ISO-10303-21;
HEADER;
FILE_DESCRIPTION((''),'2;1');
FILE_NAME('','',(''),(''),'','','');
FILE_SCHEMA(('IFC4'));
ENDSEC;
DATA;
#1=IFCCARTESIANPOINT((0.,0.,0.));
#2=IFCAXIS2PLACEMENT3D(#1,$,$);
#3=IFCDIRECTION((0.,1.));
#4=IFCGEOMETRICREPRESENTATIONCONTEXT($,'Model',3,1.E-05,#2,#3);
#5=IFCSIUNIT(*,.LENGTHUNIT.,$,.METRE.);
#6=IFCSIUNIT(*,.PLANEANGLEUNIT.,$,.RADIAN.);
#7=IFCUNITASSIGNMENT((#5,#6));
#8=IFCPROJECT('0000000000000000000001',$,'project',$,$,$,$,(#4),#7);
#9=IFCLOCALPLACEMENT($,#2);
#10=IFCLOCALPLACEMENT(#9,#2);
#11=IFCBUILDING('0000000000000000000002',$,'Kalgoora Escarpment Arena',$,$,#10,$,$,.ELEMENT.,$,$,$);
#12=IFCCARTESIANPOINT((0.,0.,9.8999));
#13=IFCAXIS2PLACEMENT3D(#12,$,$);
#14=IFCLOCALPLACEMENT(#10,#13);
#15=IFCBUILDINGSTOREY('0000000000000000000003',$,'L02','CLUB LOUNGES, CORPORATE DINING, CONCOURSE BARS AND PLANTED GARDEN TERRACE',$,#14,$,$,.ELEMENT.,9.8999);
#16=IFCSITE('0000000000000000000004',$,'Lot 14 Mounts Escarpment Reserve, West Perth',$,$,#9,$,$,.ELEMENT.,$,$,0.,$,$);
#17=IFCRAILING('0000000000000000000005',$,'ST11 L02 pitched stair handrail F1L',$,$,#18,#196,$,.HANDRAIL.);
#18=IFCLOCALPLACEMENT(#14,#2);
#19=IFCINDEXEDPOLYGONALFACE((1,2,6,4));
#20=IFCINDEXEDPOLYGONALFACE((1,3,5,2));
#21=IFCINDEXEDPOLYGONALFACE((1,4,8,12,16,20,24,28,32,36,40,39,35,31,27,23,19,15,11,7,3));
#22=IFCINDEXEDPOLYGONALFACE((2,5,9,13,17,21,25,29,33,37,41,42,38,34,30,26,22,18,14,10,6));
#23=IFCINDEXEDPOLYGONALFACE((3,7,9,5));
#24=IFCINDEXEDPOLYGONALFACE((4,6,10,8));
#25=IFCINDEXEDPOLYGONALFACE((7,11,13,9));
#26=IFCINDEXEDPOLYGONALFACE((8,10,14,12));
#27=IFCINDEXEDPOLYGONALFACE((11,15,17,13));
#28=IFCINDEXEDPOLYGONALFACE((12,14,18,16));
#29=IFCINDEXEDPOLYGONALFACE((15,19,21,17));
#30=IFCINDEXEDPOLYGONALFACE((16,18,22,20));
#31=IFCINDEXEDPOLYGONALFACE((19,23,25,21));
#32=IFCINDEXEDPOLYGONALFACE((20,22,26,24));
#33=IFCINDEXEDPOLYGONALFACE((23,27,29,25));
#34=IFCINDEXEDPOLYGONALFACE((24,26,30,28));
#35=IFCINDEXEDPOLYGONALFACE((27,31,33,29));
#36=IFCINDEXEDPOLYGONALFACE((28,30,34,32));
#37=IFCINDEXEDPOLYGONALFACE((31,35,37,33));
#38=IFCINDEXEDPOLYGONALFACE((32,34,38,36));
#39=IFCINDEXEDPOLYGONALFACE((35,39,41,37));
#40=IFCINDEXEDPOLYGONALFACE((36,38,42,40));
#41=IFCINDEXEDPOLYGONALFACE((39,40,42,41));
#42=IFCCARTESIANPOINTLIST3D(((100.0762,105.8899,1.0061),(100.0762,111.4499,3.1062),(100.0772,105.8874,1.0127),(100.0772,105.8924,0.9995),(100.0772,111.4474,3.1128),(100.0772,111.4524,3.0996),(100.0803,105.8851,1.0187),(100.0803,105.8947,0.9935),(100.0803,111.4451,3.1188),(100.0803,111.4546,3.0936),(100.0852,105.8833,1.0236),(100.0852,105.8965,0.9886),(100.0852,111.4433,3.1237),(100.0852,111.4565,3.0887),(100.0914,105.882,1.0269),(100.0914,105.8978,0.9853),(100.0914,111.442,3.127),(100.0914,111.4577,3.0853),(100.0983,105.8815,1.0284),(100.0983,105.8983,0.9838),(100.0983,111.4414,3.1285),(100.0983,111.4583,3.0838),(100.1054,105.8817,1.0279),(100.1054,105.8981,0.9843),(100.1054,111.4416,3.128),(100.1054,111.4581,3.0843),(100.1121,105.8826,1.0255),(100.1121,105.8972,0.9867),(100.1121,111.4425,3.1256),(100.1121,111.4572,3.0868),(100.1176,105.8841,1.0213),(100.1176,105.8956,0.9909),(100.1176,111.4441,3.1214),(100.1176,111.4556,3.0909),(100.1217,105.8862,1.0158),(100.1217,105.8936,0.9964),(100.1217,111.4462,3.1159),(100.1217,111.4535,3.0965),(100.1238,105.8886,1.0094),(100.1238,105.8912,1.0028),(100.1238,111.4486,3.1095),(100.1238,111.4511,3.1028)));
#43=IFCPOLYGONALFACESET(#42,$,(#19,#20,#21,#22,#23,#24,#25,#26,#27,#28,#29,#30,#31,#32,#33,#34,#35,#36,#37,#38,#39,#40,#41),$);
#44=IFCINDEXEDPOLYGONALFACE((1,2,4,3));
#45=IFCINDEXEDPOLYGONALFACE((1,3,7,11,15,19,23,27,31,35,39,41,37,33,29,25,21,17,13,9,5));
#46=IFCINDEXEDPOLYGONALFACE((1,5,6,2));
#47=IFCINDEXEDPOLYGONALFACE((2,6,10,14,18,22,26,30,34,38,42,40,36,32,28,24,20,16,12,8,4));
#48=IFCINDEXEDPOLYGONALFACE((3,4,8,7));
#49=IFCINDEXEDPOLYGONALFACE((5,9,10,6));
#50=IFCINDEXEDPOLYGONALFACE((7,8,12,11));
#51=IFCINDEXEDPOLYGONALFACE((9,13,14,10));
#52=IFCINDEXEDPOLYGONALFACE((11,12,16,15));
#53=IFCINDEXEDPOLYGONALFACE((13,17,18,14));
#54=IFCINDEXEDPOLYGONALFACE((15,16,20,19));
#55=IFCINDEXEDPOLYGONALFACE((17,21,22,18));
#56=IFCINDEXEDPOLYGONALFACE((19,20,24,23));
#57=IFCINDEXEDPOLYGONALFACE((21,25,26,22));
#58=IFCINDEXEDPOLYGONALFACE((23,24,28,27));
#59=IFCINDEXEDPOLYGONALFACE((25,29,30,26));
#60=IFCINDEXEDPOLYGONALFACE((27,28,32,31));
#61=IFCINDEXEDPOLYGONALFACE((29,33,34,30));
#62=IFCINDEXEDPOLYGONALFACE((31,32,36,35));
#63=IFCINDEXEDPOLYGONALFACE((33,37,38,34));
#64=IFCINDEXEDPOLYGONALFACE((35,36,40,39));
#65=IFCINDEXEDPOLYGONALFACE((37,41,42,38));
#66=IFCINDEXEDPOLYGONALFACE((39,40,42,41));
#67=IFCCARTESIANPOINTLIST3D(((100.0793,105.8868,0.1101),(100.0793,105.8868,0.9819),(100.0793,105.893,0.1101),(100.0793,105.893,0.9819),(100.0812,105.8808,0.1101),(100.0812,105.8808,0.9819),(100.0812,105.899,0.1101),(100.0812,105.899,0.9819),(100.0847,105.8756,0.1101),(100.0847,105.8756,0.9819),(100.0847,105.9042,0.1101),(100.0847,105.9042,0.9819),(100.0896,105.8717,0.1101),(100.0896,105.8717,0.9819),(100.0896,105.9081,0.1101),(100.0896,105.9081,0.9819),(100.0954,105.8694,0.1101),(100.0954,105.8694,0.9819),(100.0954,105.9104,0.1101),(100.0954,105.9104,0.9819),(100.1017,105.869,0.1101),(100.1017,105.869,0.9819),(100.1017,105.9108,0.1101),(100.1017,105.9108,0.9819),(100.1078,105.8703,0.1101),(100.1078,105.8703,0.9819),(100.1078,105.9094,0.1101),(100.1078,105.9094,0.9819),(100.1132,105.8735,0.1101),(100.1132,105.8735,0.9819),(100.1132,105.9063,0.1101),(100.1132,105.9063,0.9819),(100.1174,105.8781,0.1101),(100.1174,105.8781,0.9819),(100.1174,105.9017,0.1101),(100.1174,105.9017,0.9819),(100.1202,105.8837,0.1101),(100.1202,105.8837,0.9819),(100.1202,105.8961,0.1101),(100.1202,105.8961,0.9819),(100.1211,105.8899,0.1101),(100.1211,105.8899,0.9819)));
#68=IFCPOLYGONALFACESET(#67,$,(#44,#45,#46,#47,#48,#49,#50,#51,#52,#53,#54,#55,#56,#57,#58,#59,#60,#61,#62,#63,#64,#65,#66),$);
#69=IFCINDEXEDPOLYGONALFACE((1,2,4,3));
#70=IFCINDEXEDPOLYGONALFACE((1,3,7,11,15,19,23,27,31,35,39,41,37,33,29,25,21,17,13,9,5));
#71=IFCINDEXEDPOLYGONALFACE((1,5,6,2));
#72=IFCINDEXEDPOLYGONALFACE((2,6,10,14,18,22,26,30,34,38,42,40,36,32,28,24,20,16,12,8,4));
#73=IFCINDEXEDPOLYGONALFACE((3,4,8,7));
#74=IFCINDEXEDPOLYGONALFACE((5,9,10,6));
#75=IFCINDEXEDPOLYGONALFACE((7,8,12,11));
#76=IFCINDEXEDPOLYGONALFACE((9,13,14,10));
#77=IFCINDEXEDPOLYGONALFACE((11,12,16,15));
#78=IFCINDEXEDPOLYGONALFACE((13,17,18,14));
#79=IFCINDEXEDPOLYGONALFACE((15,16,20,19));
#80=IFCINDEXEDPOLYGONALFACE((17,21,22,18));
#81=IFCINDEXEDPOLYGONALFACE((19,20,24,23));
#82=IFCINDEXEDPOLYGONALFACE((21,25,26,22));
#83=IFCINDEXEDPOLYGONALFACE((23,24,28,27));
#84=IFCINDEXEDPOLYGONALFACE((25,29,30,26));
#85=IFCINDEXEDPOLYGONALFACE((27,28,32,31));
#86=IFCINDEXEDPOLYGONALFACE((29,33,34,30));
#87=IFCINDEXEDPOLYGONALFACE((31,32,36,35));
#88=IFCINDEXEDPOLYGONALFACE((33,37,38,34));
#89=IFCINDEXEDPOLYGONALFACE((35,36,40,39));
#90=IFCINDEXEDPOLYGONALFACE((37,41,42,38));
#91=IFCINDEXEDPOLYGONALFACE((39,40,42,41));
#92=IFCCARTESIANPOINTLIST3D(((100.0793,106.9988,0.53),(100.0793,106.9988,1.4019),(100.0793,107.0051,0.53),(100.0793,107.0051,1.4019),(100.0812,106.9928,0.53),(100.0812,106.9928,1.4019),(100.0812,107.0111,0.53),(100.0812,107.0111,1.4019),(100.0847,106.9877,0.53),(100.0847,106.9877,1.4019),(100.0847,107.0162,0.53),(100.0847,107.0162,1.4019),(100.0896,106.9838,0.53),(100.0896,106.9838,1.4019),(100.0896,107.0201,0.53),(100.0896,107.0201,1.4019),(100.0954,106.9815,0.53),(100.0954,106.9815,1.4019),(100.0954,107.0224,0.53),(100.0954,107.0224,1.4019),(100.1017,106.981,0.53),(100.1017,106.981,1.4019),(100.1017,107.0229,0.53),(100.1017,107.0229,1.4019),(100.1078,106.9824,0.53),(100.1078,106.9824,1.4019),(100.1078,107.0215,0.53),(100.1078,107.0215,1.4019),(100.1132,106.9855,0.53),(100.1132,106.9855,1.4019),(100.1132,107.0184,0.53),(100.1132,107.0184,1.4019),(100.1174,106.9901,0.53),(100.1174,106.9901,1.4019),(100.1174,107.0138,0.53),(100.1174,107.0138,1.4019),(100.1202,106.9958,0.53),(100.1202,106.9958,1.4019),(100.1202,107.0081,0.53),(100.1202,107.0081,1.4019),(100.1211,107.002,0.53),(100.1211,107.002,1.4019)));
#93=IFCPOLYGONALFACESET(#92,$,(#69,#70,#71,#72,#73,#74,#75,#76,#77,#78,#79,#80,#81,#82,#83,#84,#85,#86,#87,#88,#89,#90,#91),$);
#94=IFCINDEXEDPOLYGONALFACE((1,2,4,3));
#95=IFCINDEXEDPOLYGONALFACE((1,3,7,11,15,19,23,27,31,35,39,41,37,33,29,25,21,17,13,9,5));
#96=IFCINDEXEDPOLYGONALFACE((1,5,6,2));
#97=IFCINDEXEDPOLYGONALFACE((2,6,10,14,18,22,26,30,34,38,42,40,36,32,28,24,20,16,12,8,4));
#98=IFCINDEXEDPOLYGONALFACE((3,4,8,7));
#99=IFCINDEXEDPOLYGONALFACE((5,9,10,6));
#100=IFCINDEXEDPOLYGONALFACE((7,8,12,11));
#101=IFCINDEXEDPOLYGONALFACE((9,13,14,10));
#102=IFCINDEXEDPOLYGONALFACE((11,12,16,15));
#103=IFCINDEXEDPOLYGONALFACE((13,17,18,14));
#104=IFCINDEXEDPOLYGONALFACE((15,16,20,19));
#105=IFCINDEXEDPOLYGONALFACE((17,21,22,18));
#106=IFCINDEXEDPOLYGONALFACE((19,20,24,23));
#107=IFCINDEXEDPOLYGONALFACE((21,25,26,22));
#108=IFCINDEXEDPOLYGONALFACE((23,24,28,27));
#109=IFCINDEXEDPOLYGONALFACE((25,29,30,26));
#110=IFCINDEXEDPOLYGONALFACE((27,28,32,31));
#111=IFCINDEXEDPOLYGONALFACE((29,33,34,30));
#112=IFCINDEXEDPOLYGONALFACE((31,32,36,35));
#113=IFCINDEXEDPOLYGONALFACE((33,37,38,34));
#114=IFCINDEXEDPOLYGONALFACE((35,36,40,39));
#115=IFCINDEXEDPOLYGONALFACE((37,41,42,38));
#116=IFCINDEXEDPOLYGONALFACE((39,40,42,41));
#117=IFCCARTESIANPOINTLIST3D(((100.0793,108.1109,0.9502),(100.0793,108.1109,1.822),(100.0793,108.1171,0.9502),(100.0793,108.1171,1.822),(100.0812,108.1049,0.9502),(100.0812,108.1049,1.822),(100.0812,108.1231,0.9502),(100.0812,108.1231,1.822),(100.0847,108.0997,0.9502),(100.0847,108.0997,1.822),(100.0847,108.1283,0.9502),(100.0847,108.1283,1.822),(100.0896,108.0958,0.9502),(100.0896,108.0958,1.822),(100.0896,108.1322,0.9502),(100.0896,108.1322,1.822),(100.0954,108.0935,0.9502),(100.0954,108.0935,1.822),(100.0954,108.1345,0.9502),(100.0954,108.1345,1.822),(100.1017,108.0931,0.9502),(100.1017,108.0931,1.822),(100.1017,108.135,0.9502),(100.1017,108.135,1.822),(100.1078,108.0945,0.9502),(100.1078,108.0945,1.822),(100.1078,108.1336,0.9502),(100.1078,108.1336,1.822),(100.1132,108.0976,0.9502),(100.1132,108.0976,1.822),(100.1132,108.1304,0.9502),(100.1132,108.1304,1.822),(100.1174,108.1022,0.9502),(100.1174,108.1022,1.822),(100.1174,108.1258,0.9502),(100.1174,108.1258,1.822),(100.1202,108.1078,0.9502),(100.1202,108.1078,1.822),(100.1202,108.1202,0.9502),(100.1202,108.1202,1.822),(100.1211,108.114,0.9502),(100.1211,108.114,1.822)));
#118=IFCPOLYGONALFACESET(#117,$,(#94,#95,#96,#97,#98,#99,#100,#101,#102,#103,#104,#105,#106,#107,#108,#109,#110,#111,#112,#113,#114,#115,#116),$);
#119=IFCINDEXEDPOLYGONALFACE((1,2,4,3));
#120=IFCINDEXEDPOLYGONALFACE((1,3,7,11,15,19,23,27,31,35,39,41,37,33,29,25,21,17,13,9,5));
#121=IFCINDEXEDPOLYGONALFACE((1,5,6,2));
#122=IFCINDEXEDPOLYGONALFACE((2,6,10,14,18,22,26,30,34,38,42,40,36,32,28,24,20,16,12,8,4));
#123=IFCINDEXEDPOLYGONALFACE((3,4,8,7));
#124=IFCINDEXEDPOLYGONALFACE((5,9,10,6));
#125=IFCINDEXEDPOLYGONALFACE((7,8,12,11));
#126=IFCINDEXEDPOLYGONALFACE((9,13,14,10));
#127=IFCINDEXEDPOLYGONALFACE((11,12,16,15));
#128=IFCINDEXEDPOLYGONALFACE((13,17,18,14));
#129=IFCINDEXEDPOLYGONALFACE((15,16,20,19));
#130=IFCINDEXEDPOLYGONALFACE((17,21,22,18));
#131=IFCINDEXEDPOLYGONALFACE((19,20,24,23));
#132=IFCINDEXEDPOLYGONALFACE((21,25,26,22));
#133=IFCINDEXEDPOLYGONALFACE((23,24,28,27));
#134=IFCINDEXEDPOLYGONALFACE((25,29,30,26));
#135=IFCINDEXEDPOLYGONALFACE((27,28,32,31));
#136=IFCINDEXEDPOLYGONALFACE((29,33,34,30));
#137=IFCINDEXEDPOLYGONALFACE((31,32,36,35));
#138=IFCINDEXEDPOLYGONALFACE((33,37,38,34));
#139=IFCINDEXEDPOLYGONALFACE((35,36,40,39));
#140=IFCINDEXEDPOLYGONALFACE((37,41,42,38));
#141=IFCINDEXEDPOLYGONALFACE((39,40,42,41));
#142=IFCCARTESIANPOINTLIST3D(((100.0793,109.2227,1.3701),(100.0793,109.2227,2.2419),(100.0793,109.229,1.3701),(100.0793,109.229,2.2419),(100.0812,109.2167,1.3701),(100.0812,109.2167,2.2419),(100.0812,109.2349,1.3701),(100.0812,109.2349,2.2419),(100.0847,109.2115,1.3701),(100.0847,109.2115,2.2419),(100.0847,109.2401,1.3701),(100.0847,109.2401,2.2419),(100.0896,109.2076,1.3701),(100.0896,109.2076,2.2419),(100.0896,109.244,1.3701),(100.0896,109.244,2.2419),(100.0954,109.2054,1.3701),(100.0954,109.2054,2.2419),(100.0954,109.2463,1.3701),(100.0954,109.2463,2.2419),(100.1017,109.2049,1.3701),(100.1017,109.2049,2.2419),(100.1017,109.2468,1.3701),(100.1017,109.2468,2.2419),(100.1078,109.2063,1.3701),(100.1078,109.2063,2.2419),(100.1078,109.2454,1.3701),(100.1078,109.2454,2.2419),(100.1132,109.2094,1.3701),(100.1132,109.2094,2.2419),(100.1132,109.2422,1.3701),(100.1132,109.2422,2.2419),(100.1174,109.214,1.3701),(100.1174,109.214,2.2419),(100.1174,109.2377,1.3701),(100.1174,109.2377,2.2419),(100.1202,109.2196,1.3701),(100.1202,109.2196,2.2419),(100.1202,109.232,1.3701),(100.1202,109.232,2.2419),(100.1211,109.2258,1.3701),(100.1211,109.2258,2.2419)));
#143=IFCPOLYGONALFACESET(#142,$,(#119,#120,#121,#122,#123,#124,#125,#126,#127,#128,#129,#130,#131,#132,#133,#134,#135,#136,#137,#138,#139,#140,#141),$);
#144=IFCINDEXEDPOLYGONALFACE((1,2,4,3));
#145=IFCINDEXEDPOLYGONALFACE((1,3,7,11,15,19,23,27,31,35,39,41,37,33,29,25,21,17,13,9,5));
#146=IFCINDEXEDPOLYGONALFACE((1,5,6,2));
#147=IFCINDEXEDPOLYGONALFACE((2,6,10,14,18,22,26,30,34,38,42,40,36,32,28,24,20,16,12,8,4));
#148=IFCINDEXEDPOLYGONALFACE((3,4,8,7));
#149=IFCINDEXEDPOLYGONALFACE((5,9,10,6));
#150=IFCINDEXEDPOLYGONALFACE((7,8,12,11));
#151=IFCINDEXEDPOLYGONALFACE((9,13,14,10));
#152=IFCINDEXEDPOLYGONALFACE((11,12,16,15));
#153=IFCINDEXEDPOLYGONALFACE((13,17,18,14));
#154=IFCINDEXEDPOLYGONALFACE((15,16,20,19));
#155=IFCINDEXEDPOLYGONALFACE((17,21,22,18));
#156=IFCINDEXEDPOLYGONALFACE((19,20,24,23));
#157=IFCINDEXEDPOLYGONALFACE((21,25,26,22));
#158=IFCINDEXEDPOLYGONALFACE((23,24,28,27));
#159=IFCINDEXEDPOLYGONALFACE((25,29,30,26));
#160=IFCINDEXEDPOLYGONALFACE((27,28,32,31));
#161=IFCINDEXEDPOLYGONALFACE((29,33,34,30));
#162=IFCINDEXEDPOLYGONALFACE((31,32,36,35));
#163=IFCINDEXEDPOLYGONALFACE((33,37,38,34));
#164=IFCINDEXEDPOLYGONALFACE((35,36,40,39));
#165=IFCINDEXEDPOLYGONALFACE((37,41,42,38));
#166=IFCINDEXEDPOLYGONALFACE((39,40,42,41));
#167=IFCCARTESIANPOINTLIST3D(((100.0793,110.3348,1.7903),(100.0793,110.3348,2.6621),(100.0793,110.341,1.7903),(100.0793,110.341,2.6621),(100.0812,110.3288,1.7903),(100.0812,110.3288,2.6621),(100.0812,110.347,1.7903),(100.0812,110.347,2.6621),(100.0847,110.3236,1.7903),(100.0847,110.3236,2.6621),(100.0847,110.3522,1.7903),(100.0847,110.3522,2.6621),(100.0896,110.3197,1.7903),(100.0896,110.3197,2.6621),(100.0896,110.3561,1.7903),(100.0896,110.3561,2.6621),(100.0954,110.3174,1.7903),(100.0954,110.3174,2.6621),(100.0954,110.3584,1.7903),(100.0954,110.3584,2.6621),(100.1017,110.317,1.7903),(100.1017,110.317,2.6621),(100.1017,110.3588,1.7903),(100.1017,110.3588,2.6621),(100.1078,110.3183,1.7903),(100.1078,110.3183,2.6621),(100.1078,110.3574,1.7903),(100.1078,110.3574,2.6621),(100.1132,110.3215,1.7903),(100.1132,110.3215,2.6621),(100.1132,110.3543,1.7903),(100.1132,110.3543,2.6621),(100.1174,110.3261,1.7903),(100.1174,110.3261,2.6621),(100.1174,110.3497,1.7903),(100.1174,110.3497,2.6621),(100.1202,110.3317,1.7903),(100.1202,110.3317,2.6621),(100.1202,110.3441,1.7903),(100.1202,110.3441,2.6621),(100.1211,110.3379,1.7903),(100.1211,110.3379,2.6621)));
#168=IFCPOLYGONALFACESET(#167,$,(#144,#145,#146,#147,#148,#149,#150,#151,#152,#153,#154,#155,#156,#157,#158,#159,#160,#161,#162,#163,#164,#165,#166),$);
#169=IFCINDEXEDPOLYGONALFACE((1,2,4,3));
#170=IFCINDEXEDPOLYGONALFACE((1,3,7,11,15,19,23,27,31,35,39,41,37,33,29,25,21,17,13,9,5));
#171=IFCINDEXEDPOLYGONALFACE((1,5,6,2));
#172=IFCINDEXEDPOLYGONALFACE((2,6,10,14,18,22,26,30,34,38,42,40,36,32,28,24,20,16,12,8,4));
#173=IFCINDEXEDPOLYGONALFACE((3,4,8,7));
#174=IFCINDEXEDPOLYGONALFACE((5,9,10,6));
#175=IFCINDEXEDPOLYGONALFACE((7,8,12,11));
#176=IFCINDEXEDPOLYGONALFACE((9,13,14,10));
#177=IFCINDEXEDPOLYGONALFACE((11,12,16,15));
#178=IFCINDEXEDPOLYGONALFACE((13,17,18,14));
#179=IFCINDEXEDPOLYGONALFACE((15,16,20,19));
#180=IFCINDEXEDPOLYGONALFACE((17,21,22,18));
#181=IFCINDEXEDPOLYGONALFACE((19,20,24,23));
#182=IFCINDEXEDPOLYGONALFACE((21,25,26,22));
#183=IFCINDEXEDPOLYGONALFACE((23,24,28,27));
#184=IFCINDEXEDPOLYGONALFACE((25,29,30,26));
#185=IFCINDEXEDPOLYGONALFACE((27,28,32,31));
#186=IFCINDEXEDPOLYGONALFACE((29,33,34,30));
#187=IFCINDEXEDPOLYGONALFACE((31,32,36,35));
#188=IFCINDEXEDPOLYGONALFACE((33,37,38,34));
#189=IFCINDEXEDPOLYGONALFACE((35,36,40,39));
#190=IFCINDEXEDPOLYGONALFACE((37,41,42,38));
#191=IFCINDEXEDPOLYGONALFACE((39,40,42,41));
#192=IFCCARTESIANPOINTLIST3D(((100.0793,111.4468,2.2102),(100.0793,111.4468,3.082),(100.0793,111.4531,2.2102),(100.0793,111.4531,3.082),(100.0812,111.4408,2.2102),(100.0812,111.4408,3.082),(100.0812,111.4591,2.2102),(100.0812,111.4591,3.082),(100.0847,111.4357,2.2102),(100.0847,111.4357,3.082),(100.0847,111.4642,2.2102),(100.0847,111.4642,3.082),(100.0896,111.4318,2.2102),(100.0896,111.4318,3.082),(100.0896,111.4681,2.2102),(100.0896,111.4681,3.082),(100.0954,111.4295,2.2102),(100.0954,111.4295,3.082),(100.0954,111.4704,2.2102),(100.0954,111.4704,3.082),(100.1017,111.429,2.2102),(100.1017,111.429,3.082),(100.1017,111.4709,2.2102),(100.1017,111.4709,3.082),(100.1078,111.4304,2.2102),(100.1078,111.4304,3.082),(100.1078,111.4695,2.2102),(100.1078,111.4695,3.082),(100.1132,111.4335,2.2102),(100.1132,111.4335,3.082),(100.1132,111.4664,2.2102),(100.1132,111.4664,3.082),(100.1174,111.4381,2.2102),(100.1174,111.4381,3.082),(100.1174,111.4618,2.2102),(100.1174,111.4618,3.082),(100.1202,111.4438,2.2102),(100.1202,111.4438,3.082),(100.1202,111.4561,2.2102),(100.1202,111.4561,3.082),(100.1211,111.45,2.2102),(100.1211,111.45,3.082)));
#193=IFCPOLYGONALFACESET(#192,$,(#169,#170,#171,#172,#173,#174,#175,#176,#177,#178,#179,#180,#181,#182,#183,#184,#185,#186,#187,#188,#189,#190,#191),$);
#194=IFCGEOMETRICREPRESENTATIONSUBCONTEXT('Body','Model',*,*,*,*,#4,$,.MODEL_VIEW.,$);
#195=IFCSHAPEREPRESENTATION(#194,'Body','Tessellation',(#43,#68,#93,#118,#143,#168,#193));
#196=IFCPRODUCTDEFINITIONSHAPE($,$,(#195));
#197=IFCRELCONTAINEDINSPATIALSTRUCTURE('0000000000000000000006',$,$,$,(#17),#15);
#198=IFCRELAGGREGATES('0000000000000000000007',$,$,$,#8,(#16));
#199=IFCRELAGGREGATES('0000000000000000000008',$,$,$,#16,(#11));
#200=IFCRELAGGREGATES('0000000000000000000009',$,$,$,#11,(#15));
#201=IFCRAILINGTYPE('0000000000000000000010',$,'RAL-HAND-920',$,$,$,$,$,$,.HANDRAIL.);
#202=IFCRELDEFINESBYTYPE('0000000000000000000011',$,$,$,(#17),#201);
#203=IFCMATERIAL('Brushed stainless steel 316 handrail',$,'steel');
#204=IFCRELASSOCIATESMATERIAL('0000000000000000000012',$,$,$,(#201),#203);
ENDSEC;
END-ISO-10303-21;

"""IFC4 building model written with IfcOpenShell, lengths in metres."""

from ifc_helpers import new_model, si_unit, direction, frame, origin, origin_2d, place, context, subcontext, project, spatial, circle, extrude, material, type_object, element, save


model = new_model("IFC4")

# Units and contexts
model_context = context("Model", 3, precision=1e-05, world=origin(), true_north=direction((0.0, 1.0)))
body_context = subcontext(model_context, "Body", "Model", "MODEL_VIEW")
ifc_project = project(units=[si_unit("LENGTHUNIT", "METRE"), si_unit("PLANEANGLEUNIT", "RADIAN")], contexts=[model_context])

# Site, building, storey
site_placement = place(None, origin())
site = spatial("IfcSite", under=ifc_project, at=site_placement, Name="Lot 14 Mounts Escarpment Reserve, West Perth", CompositionType="ELEMENT", RefElevation=0.0)
building_placement = place(site_placement, origin())
building = spatial("IfcBuilding", under=site, at=building_placement, Name="Kalgoora Escarpment Arena", CompositionType="ELEMENT")
storey_placement = place(building_placement, frame((0.0, 0.0, 9.8999)))
storey = spatial("IfcBuildingStorey", under=building, at=storey_placement, Name="L02", Description="CLUB LOUNGES, CORPORATE DINING, CONCOURSE BARS AND PLANTED GARDEN TERRACE", CompositionType="ELEMENT", Elevation=9.8999)

# Railing
ifc_material_1 = material(Name="Brushed stainless steel 316 handrail", Category="steel")
railing_type_1 = type_object("IfcRailingType", Name="RAL-HAND-920", PredefinedType="HANDRAIL", material=ifc_material_1)
for number, where, name in (
    (1, (100.1001, 105.8899, 0.1101), "ST11 L02 pitched stair handrail F1L"),
):
    element("IfcRailing", number, at=place(storey_placement, frame(where)), inside=storey, type_object=railing_type_1, Name=name, PredefinedType="HANDRAIL", context=body_context, shape_type="SweptSolid", body=[
        extrude(circle(Radius=0.0239, at=origin_2d()), frame((0.0, 0.0, 0.896), z_axis=(0.0, 0.935493, 0.353346), x_axis=(-1.0, 0.0, 0.0)), (0.0, 0.0, 1.0), 5.9434),
        extrude(circle(Radius=0.021, at=origin_2d()), origin(), (0.0, 0.0, 1.0), 0.8718),
        extrude(circle(Radius=0.021, at=origin_2d()), frame((0.0, 1.1121, 0.4199)), (0.0, 0.0, 1.0), 0.8718),
        extrude(circle(Radius=0.021, at=origin_2d()), frame((0.0, 2.2241, 0.8401)), (0.0, 0.0, 1.0), 0.8718),
        extrude(circle(Radius=0.021, at=origin_2d()), frame((0.0, 3.3359, 1.26)), (0.0, 0.0, 1.0), 0.8718),
        extrude(circle(Radius=0.021, at=origin_2d()), frame((0.0, 4.448, 1.6802)), (0.0, 0.0, 1.0), 0.8718),
        extrude(circle(Radius=0.021, at=origin_2d()), frame((0.0, 5.5601, 2.1001)), (0.0, 0.0, 1.0), 0.8718),
    ])

save(model, "model.ifc")
